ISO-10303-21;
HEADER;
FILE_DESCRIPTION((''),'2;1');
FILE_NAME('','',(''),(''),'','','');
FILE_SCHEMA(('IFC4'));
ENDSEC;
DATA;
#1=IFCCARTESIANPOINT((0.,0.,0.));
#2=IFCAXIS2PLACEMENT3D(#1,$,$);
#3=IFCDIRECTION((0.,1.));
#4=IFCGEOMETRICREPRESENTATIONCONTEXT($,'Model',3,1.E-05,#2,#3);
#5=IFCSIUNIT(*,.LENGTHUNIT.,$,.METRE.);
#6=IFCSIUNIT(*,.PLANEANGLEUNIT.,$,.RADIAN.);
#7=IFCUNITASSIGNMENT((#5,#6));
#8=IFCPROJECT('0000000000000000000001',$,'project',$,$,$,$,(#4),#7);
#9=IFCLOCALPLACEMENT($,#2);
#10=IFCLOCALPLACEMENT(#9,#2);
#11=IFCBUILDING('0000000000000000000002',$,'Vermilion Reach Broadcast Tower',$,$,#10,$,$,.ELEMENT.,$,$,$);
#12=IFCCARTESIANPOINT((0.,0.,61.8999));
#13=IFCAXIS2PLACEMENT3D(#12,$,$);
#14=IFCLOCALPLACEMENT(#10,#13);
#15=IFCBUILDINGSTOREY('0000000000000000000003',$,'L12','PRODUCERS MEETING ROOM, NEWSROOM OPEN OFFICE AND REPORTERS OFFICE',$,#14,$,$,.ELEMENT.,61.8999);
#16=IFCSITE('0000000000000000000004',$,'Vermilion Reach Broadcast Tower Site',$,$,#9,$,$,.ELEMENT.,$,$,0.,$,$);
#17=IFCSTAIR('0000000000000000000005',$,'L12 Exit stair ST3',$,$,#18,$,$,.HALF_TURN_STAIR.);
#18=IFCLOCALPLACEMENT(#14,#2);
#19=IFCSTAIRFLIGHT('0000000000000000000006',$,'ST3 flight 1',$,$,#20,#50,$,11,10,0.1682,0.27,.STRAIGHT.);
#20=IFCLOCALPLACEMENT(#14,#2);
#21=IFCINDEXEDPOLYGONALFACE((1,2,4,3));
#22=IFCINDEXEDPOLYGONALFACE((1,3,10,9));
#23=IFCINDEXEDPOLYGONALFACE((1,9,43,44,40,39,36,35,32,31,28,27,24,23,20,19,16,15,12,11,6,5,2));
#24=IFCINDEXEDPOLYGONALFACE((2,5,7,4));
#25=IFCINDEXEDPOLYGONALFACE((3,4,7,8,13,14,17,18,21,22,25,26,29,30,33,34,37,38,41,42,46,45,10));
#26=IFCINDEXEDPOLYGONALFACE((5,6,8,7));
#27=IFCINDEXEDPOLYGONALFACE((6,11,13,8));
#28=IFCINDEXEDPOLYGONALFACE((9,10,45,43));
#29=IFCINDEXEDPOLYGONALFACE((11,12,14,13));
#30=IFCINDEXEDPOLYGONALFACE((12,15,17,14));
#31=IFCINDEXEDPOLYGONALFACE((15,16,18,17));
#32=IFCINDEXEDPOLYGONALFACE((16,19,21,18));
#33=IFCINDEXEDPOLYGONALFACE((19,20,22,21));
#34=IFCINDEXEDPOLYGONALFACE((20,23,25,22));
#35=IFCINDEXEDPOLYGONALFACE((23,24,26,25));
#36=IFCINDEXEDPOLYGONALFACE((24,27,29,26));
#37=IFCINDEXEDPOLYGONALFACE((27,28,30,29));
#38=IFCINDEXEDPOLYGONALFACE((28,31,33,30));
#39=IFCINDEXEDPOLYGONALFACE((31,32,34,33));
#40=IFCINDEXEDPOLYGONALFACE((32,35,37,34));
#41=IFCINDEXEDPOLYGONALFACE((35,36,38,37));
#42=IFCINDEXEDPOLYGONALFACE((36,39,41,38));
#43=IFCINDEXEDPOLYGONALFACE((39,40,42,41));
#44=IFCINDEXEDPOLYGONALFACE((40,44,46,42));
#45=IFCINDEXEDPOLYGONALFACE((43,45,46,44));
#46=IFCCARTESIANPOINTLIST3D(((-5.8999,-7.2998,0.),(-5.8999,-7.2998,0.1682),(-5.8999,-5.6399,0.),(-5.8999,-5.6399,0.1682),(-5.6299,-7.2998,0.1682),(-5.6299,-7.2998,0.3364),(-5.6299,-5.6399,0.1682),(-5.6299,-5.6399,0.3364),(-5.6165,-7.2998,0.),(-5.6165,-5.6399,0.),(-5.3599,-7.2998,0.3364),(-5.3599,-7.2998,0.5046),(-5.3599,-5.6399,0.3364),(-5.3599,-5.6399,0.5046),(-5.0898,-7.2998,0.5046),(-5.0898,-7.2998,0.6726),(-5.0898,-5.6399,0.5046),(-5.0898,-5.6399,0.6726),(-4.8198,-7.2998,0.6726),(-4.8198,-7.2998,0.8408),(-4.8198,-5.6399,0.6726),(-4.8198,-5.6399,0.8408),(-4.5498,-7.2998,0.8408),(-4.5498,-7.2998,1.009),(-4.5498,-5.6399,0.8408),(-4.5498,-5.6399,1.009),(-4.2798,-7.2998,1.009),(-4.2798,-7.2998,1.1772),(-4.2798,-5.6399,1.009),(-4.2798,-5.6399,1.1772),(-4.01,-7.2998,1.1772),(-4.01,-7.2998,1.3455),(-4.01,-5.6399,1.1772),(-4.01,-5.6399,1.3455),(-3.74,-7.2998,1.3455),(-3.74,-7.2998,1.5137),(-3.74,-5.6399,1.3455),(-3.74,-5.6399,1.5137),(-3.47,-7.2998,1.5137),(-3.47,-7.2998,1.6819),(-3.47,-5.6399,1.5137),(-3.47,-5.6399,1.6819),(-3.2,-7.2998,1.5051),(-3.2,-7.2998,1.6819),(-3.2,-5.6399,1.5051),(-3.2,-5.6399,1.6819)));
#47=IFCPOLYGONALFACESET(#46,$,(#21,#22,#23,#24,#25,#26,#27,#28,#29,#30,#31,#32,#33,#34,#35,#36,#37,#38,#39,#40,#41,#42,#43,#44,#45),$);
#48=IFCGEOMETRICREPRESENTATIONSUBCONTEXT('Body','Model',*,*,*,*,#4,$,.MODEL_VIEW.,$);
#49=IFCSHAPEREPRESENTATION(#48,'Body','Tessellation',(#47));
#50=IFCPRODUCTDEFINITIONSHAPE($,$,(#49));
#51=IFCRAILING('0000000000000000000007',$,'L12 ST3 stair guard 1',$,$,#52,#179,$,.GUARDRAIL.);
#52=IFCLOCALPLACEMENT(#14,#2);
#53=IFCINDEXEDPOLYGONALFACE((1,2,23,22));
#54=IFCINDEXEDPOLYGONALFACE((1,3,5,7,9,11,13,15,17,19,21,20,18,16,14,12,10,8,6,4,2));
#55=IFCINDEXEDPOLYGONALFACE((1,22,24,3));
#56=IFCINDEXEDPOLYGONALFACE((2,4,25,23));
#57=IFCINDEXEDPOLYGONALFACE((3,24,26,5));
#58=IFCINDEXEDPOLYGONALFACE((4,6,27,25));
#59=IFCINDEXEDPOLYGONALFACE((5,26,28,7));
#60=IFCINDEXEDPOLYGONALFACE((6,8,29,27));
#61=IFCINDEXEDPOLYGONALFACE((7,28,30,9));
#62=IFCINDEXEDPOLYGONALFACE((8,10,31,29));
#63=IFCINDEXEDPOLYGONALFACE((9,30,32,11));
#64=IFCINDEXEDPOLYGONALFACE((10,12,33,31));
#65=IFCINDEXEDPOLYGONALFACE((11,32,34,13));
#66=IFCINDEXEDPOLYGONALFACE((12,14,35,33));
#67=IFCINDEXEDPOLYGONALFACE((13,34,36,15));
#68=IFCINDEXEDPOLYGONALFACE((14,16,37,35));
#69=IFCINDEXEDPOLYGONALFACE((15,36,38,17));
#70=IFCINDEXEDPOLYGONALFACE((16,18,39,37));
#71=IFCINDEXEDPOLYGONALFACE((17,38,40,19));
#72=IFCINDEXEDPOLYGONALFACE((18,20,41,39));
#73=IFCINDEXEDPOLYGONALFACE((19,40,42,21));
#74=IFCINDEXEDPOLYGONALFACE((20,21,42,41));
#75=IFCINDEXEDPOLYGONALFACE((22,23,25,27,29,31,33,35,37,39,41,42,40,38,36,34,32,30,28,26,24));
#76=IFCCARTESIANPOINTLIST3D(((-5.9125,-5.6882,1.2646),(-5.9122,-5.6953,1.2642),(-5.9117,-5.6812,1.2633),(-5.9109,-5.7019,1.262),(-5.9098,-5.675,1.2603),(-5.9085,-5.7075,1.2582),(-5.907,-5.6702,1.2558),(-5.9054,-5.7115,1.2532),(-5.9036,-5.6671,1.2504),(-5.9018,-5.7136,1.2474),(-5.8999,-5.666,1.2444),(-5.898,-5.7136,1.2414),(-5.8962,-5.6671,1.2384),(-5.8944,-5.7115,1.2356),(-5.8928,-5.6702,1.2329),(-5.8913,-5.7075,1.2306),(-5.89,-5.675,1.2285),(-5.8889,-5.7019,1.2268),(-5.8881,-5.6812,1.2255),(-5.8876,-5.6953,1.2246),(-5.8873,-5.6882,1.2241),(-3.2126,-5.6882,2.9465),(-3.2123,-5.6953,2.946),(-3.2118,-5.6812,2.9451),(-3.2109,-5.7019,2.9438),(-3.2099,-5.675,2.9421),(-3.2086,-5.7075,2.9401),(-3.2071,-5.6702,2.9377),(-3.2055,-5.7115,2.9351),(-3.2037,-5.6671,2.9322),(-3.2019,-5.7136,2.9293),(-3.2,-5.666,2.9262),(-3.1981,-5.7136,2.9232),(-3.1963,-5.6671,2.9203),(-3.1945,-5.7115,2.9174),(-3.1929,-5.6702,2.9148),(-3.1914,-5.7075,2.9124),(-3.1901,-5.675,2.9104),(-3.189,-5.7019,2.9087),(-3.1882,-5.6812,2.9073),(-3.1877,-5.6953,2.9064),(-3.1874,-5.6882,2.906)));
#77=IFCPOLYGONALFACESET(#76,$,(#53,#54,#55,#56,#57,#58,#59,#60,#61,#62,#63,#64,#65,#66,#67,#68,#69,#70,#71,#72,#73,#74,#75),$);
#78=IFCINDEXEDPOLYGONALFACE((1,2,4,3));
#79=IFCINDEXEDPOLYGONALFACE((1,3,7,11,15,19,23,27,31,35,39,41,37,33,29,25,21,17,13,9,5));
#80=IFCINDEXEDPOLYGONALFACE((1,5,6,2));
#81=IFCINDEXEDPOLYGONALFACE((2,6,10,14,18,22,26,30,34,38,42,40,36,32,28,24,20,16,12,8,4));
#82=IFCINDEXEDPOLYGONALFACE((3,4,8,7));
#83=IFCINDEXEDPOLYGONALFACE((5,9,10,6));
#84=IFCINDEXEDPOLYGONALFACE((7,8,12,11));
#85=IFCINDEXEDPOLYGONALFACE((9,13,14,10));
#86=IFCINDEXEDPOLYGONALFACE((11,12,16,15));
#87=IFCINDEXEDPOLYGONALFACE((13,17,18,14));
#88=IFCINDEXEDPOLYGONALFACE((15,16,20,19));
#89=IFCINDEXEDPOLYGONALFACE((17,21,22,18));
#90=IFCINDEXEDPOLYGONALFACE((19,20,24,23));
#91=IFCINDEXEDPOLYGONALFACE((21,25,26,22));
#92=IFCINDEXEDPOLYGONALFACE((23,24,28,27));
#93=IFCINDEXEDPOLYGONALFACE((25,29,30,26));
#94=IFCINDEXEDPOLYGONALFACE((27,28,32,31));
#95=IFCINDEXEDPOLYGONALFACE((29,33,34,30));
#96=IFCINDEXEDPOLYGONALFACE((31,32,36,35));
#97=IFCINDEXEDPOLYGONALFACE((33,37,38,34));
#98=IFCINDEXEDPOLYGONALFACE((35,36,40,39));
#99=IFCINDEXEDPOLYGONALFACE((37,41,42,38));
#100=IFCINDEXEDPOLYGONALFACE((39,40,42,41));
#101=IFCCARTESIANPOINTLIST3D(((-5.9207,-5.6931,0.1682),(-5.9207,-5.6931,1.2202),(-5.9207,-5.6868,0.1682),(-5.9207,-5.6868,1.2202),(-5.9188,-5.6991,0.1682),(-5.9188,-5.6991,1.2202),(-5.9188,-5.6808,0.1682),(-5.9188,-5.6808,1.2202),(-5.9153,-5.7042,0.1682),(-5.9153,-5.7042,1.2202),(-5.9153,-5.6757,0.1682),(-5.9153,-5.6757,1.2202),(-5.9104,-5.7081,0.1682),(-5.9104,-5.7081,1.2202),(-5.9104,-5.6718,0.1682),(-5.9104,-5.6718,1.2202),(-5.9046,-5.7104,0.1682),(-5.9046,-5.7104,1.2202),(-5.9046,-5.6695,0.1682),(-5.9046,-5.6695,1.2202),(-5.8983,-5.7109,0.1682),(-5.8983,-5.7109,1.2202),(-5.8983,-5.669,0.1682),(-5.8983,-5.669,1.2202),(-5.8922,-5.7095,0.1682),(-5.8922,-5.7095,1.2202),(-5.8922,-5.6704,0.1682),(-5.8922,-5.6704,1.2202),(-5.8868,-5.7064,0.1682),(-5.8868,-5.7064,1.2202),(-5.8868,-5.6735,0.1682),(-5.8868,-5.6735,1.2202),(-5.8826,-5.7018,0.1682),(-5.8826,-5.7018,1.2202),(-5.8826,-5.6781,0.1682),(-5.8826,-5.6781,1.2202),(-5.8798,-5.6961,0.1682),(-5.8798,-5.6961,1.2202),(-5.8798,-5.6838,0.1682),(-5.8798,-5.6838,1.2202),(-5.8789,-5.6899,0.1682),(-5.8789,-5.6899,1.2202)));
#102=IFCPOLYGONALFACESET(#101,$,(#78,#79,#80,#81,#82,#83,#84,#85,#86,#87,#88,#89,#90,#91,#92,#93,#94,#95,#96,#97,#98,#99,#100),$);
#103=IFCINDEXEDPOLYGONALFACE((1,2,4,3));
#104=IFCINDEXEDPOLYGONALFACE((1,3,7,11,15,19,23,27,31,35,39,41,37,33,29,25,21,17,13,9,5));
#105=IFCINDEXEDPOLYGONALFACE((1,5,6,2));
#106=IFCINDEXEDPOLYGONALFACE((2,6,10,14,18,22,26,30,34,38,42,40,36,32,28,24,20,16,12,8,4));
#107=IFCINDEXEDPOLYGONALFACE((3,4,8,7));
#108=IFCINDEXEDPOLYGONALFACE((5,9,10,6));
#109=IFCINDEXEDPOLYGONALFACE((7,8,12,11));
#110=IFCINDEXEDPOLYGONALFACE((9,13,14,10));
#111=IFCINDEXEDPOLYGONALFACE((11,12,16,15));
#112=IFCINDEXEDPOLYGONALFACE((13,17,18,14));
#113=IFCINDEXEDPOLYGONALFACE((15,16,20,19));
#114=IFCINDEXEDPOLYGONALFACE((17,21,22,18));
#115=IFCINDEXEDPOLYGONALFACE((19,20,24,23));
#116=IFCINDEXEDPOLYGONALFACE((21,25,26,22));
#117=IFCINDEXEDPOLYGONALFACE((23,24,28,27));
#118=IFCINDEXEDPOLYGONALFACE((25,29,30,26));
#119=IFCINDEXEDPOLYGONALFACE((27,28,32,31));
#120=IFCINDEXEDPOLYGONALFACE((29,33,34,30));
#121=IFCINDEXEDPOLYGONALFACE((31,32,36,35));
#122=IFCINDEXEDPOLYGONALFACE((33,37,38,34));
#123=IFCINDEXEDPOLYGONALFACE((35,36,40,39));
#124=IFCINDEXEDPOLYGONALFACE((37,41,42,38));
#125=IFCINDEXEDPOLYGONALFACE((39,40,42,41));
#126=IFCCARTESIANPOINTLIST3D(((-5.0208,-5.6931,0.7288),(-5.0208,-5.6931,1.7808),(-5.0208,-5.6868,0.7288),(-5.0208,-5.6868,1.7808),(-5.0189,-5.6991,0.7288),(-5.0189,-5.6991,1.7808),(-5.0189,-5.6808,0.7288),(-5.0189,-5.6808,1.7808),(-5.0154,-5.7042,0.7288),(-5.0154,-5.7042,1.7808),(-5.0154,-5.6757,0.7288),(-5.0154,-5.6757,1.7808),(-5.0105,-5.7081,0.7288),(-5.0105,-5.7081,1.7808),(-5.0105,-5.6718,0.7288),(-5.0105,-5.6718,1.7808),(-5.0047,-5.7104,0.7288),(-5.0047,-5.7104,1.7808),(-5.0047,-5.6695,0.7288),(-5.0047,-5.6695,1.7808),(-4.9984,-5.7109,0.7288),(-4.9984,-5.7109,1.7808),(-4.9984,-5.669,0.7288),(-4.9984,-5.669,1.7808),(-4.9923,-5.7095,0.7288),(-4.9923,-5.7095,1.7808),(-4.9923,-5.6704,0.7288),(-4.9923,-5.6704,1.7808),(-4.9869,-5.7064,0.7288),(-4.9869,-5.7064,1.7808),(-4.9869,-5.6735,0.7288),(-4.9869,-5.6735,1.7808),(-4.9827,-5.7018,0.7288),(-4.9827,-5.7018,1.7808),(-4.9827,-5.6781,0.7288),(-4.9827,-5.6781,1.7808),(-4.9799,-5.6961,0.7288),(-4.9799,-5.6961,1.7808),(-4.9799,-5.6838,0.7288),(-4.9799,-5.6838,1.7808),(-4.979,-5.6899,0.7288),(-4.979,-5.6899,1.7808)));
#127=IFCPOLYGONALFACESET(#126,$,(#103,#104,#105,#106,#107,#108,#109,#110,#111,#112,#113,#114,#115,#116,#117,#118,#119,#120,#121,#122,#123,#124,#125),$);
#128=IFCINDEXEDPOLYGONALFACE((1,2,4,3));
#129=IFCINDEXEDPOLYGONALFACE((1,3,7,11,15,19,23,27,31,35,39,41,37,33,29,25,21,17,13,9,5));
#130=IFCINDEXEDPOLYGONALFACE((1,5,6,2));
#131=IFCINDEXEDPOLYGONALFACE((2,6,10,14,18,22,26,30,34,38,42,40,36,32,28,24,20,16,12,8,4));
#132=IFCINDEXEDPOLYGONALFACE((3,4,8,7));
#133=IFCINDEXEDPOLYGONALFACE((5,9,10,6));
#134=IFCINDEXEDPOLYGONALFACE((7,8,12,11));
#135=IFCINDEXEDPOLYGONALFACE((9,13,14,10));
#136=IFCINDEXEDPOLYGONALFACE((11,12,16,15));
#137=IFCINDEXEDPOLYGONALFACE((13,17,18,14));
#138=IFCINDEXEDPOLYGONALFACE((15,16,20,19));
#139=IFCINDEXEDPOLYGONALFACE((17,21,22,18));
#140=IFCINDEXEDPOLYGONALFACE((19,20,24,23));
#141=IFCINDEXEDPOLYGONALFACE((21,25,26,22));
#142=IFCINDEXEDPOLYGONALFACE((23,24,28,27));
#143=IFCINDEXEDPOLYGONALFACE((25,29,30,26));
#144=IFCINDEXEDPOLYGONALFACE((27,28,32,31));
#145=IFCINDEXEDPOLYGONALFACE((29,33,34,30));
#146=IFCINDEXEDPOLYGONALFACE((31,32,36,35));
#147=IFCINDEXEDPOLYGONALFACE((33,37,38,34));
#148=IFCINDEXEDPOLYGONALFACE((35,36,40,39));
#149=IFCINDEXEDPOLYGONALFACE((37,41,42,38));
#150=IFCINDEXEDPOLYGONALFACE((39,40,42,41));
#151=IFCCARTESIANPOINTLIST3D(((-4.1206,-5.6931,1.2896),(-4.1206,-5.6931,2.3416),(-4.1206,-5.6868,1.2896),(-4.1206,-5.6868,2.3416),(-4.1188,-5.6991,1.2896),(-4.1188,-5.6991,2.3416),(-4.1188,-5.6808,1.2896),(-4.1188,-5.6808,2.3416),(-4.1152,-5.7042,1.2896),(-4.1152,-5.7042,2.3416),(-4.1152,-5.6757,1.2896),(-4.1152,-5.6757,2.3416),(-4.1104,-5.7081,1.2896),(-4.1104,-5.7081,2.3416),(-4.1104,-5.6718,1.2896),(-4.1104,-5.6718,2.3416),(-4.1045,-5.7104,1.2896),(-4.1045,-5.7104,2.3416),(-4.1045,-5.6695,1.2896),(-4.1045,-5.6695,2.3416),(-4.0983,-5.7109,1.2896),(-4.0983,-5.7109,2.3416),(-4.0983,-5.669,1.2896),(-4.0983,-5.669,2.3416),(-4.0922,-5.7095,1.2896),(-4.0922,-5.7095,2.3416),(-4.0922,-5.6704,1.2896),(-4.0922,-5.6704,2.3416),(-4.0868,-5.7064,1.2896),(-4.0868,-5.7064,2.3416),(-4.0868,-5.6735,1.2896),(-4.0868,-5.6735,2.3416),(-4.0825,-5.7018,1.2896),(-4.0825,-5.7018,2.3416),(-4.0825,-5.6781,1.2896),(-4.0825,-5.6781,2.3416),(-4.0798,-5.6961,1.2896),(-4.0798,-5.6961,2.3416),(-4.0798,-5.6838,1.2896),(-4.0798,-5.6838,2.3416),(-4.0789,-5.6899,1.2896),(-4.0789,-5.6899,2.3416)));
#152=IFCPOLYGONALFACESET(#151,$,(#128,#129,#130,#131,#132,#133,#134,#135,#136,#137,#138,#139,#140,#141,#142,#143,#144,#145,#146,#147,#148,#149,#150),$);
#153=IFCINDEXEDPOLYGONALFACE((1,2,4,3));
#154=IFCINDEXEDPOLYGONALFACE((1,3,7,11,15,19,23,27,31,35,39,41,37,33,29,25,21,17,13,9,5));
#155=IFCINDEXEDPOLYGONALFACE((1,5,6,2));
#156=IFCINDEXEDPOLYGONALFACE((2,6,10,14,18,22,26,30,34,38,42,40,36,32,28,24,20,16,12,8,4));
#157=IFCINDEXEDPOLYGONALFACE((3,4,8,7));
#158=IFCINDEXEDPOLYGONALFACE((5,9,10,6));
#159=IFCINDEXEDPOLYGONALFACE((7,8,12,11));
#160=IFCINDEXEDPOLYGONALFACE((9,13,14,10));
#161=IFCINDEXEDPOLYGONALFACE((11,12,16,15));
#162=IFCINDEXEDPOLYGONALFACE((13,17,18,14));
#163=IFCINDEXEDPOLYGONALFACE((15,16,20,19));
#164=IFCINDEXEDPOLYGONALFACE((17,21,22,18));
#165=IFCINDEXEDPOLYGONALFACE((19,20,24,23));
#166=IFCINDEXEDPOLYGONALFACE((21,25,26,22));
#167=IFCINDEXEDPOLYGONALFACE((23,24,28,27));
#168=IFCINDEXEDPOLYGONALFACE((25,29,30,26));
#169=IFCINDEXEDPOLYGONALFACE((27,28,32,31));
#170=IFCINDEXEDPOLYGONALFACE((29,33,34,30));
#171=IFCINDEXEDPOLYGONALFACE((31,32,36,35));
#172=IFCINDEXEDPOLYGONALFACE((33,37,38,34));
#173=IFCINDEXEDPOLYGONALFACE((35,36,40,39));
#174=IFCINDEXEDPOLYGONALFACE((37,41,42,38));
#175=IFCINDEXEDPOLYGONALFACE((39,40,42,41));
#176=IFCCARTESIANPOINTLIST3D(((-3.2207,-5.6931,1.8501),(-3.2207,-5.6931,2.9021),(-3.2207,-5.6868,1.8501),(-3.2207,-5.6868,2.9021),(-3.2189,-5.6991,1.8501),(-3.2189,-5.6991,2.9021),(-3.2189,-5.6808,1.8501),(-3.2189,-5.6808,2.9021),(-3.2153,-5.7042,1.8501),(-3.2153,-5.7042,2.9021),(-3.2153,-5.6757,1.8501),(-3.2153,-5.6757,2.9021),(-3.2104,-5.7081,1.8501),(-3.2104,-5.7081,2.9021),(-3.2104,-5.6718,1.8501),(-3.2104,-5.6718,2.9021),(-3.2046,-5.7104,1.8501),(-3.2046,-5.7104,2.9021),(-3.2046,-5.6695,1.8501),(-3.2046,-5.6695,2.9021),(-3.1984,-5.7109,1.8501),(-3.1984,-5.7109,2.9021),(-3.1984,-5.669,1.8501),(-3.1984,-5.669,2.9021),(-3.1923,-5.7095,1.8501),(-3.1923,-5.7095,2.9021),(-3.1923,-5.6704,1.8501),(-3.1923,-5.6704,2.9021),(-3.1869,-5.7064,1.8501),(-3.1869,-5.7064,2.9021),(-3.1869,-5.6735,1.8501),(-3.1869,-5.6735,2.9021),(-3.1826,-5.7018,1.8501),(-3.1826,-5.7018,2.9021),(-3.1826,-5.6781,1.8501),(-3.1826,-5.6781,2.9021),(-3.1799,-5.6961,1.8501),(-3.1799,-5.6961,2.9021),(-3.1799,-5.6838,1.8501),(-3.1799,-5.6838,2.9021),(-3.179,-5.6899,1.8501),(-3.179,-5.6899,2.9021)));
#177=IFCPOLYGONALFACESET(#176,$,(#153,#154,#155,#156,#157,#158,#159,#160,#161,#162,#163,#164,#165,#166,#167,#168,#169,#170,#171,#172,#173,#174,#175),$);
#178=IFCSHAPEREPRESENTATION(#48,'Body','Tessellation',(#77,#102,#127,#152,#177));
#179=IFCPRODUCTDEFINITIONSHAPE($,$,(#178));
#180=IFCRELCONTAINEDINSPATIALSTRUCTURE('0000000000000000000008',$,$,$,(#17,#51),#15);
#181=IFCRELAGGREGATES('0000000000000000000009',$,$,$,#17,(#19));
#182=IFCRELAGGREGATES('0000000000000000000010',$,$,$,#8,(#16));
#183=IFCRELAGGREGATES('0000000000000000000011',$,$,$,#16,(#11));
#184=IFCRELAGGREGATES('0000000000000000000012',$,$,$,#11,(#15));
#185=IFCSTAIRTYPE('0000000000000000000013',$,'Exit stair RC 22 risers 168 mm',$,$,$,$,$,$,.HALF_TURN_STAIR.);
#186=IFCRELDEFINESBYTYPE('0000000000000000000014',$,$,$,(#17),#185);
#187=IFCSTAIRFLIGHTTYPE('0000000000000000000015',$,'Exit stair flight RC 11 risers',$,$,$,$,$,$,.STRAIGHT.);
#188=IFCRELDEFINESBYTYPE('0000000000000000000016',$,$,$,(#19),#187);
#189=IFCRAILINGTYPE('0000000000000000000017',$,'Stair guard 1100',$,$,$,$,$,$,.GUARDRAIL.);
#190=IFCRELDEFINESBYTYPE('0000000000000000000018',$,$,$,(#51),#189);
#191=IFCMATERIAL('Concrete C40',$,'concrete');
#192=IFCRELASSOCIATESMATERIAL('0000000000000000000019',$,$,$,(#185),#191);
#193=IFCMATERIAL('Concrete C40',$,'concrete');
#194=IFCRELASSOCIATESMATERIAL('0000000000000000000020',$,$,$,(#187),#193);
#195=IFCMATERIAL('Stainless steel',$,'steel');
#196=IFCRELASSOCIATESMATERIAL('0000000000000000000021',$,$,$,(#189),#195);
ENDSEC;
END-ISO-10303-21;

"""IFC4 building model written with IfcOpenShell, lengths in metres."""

from ifc_helpers import new_model, si_unit, direction, frame, origin, origin_2d, place, context, subcontext, project, spatial, polyline, circle, outline, extrude, material, type_object, element, aggregate, save


model = new_model("IFC4")

# Units and contexts
model_context = context("Model", 3, precision=1e-05, world=origin(), true_north=direction((0.0, 1.0)))
body_context = subcontext(model_context, "Body", "Model", "MODEL_VIEW")
ifc_project = project(units=[si_unit("LENGTHUNIT", "METRE"), si_unit("PLANEANGLEUNIT", "RADIAN")], contexts=[model_context])

# Site, building, storey
site_placement = place(None, origin())
site = spatial("IfcSite", under=ifc_project, at=site_placement, Name="Vermilion Reach Broadcast Tower Site", CompositionType="ELEMENT", RefElevation=0.0)
building_placement = place(site_placement, origin())
building = spatial("IfcBuilding", under=site, at=building_placement, Name="Vermilion Reach Broadcast Tower", CompositionType="ELEMENT")
storey_placement = place(building_placement, frame((0.0, 0.0, 61.8999)))
storey = spatial("IfcBuildingStorey", under=building, at=storey_placement, Name="L12", Description="PRODUCERS MEETING ROOM, NEWSROOM OPEN OFFICE AND REPORTERS OFFICE", CompositionType="ELEMENT", Elevation=61.8999)

# Stair, stair flight
ifc_material_1 = material(Name="Concrete C40", Category="concrete")
stair_type = type_object("IfcStairType", Name="Exit stair RC 22 risers 168 mm", PredefinedType="HALF_TURN_STAIR", material=ifc_material_1)
stair_placement = place(storey_placement, origin())
stair = element("IfcStair", 1, at=stair_placement, inside=storey, type_object=stair_type, Name="L12 Exit stair ST3", PredefinedType="HALF_TURN_STAIR")
ifc_material_2 = material(Name="Concrete C40", Category="concrete")
stair_flight_type = type_object("IfcStairFlightType", Name="Exit stair flight RC 11 risers", PredefinedType="STRAIGHT", material=ifc_material_2)
stair_flight_placement = place(storey_placement, frame((-5.8999, -6.47, 0.0), z_axis=(0.0, 0.0, 1.0), x_axis=(1.0, 0.0, 0.0)))
stair_flight = element("IfcStairFlight", 2, at=stair_flight_placement, type_object=stair_flight_type, Name="ST3 flight 1", NumberOfRisers=11, NumberOfTreads=10, PredefinedType="STRAIGHT", RiserHeight=0.1682, TreadLength=0.27, context=body_context, shape_type="SweptSolid", body=[
    extrude(outline(polyline([(0.0, 0.0), (0.0, 0.1682), (0.27, 0.1682), (0.27, 0.3364), (0.54, 0.3364), (0.54, 0.5046), (0.8101, 0.5046), (0.8101, 0.6726), (1.0801, 0.6726), (1.0801, 0.8408), (1.3501, 0.8408), (1.3501, 1.009), (1.6201, 1.009), (1.6201, 1.1772), (1.8899, 1.1772), (1.8899, 1.3455), (2.1599, 1.3455), (2.1599, 1.5137), (2.4299, 1.5137), (2.4299, 1.6819), (2.7, 1.6819), (2.7, 1.8501), (2.7, 1.5051), (0.2834, 0.0), (0.0, 0.0)])), frame((0.0, 0.8301, 0.0), z_axis=(0.0, -1.0, 0.0), x_axis=(1.0, 0.0, 0.0)), (0.0, 0.0, 1.0), 1.6599),
])
aggregate(stair, [stair_flight])

# Railing
ifc_material_3 = material(Name="Stainless steel", Category="steel")
railing_type = type_object("IfcRailingType", Name="Stair guard 1100", PredefinedType="GUARDRAIL", material=ifc_material_3)
railing_1_placement = place(storey_placement, frame((-5.8999, -5.6899, 0.1682)))
element("IfcRailing", 3, at=railing_1_placement, inside=storey, type_object=railing_type, Name="L12 ST3 stair guard 1", PredefinedType="GUARDRAIL", context=body_context, shape_type="SweptSolid", body=[
    extrude(circle(Radius=0.0239, at=origin_2d()), frame((0.0, 0.0, 1.0762), z_axis=(0.848786, 0.0, 0.528736), x_axis=(0.0, 1.0, 0.0)), (0.0, 0.0, 1.0), 3.1809),
    extrude(circle(Radius=0.021, at=origin_2d()), origin(), (0.0, 0.0, 1.0), 1.052),
    extrude(circle(Radius=0.021, at=origin_2d()), frame((0.8999, 0.0, 0.5605)), (0.0, 0.0, 1.0), 1.052),
    extrude(circle(Radius=0.021, at=origin_2d()), frame((1.8, 0.0, 1.1213)), (0.0, 0.0, 1.0), 1.052),
    extrude(circle(Radius=0.021, at=origin_2d()), frame((2.7, 0.0, 1.6819)), (0.0, 0.0, 1.0), 1.052),
])

save(model, "model.ifc")
